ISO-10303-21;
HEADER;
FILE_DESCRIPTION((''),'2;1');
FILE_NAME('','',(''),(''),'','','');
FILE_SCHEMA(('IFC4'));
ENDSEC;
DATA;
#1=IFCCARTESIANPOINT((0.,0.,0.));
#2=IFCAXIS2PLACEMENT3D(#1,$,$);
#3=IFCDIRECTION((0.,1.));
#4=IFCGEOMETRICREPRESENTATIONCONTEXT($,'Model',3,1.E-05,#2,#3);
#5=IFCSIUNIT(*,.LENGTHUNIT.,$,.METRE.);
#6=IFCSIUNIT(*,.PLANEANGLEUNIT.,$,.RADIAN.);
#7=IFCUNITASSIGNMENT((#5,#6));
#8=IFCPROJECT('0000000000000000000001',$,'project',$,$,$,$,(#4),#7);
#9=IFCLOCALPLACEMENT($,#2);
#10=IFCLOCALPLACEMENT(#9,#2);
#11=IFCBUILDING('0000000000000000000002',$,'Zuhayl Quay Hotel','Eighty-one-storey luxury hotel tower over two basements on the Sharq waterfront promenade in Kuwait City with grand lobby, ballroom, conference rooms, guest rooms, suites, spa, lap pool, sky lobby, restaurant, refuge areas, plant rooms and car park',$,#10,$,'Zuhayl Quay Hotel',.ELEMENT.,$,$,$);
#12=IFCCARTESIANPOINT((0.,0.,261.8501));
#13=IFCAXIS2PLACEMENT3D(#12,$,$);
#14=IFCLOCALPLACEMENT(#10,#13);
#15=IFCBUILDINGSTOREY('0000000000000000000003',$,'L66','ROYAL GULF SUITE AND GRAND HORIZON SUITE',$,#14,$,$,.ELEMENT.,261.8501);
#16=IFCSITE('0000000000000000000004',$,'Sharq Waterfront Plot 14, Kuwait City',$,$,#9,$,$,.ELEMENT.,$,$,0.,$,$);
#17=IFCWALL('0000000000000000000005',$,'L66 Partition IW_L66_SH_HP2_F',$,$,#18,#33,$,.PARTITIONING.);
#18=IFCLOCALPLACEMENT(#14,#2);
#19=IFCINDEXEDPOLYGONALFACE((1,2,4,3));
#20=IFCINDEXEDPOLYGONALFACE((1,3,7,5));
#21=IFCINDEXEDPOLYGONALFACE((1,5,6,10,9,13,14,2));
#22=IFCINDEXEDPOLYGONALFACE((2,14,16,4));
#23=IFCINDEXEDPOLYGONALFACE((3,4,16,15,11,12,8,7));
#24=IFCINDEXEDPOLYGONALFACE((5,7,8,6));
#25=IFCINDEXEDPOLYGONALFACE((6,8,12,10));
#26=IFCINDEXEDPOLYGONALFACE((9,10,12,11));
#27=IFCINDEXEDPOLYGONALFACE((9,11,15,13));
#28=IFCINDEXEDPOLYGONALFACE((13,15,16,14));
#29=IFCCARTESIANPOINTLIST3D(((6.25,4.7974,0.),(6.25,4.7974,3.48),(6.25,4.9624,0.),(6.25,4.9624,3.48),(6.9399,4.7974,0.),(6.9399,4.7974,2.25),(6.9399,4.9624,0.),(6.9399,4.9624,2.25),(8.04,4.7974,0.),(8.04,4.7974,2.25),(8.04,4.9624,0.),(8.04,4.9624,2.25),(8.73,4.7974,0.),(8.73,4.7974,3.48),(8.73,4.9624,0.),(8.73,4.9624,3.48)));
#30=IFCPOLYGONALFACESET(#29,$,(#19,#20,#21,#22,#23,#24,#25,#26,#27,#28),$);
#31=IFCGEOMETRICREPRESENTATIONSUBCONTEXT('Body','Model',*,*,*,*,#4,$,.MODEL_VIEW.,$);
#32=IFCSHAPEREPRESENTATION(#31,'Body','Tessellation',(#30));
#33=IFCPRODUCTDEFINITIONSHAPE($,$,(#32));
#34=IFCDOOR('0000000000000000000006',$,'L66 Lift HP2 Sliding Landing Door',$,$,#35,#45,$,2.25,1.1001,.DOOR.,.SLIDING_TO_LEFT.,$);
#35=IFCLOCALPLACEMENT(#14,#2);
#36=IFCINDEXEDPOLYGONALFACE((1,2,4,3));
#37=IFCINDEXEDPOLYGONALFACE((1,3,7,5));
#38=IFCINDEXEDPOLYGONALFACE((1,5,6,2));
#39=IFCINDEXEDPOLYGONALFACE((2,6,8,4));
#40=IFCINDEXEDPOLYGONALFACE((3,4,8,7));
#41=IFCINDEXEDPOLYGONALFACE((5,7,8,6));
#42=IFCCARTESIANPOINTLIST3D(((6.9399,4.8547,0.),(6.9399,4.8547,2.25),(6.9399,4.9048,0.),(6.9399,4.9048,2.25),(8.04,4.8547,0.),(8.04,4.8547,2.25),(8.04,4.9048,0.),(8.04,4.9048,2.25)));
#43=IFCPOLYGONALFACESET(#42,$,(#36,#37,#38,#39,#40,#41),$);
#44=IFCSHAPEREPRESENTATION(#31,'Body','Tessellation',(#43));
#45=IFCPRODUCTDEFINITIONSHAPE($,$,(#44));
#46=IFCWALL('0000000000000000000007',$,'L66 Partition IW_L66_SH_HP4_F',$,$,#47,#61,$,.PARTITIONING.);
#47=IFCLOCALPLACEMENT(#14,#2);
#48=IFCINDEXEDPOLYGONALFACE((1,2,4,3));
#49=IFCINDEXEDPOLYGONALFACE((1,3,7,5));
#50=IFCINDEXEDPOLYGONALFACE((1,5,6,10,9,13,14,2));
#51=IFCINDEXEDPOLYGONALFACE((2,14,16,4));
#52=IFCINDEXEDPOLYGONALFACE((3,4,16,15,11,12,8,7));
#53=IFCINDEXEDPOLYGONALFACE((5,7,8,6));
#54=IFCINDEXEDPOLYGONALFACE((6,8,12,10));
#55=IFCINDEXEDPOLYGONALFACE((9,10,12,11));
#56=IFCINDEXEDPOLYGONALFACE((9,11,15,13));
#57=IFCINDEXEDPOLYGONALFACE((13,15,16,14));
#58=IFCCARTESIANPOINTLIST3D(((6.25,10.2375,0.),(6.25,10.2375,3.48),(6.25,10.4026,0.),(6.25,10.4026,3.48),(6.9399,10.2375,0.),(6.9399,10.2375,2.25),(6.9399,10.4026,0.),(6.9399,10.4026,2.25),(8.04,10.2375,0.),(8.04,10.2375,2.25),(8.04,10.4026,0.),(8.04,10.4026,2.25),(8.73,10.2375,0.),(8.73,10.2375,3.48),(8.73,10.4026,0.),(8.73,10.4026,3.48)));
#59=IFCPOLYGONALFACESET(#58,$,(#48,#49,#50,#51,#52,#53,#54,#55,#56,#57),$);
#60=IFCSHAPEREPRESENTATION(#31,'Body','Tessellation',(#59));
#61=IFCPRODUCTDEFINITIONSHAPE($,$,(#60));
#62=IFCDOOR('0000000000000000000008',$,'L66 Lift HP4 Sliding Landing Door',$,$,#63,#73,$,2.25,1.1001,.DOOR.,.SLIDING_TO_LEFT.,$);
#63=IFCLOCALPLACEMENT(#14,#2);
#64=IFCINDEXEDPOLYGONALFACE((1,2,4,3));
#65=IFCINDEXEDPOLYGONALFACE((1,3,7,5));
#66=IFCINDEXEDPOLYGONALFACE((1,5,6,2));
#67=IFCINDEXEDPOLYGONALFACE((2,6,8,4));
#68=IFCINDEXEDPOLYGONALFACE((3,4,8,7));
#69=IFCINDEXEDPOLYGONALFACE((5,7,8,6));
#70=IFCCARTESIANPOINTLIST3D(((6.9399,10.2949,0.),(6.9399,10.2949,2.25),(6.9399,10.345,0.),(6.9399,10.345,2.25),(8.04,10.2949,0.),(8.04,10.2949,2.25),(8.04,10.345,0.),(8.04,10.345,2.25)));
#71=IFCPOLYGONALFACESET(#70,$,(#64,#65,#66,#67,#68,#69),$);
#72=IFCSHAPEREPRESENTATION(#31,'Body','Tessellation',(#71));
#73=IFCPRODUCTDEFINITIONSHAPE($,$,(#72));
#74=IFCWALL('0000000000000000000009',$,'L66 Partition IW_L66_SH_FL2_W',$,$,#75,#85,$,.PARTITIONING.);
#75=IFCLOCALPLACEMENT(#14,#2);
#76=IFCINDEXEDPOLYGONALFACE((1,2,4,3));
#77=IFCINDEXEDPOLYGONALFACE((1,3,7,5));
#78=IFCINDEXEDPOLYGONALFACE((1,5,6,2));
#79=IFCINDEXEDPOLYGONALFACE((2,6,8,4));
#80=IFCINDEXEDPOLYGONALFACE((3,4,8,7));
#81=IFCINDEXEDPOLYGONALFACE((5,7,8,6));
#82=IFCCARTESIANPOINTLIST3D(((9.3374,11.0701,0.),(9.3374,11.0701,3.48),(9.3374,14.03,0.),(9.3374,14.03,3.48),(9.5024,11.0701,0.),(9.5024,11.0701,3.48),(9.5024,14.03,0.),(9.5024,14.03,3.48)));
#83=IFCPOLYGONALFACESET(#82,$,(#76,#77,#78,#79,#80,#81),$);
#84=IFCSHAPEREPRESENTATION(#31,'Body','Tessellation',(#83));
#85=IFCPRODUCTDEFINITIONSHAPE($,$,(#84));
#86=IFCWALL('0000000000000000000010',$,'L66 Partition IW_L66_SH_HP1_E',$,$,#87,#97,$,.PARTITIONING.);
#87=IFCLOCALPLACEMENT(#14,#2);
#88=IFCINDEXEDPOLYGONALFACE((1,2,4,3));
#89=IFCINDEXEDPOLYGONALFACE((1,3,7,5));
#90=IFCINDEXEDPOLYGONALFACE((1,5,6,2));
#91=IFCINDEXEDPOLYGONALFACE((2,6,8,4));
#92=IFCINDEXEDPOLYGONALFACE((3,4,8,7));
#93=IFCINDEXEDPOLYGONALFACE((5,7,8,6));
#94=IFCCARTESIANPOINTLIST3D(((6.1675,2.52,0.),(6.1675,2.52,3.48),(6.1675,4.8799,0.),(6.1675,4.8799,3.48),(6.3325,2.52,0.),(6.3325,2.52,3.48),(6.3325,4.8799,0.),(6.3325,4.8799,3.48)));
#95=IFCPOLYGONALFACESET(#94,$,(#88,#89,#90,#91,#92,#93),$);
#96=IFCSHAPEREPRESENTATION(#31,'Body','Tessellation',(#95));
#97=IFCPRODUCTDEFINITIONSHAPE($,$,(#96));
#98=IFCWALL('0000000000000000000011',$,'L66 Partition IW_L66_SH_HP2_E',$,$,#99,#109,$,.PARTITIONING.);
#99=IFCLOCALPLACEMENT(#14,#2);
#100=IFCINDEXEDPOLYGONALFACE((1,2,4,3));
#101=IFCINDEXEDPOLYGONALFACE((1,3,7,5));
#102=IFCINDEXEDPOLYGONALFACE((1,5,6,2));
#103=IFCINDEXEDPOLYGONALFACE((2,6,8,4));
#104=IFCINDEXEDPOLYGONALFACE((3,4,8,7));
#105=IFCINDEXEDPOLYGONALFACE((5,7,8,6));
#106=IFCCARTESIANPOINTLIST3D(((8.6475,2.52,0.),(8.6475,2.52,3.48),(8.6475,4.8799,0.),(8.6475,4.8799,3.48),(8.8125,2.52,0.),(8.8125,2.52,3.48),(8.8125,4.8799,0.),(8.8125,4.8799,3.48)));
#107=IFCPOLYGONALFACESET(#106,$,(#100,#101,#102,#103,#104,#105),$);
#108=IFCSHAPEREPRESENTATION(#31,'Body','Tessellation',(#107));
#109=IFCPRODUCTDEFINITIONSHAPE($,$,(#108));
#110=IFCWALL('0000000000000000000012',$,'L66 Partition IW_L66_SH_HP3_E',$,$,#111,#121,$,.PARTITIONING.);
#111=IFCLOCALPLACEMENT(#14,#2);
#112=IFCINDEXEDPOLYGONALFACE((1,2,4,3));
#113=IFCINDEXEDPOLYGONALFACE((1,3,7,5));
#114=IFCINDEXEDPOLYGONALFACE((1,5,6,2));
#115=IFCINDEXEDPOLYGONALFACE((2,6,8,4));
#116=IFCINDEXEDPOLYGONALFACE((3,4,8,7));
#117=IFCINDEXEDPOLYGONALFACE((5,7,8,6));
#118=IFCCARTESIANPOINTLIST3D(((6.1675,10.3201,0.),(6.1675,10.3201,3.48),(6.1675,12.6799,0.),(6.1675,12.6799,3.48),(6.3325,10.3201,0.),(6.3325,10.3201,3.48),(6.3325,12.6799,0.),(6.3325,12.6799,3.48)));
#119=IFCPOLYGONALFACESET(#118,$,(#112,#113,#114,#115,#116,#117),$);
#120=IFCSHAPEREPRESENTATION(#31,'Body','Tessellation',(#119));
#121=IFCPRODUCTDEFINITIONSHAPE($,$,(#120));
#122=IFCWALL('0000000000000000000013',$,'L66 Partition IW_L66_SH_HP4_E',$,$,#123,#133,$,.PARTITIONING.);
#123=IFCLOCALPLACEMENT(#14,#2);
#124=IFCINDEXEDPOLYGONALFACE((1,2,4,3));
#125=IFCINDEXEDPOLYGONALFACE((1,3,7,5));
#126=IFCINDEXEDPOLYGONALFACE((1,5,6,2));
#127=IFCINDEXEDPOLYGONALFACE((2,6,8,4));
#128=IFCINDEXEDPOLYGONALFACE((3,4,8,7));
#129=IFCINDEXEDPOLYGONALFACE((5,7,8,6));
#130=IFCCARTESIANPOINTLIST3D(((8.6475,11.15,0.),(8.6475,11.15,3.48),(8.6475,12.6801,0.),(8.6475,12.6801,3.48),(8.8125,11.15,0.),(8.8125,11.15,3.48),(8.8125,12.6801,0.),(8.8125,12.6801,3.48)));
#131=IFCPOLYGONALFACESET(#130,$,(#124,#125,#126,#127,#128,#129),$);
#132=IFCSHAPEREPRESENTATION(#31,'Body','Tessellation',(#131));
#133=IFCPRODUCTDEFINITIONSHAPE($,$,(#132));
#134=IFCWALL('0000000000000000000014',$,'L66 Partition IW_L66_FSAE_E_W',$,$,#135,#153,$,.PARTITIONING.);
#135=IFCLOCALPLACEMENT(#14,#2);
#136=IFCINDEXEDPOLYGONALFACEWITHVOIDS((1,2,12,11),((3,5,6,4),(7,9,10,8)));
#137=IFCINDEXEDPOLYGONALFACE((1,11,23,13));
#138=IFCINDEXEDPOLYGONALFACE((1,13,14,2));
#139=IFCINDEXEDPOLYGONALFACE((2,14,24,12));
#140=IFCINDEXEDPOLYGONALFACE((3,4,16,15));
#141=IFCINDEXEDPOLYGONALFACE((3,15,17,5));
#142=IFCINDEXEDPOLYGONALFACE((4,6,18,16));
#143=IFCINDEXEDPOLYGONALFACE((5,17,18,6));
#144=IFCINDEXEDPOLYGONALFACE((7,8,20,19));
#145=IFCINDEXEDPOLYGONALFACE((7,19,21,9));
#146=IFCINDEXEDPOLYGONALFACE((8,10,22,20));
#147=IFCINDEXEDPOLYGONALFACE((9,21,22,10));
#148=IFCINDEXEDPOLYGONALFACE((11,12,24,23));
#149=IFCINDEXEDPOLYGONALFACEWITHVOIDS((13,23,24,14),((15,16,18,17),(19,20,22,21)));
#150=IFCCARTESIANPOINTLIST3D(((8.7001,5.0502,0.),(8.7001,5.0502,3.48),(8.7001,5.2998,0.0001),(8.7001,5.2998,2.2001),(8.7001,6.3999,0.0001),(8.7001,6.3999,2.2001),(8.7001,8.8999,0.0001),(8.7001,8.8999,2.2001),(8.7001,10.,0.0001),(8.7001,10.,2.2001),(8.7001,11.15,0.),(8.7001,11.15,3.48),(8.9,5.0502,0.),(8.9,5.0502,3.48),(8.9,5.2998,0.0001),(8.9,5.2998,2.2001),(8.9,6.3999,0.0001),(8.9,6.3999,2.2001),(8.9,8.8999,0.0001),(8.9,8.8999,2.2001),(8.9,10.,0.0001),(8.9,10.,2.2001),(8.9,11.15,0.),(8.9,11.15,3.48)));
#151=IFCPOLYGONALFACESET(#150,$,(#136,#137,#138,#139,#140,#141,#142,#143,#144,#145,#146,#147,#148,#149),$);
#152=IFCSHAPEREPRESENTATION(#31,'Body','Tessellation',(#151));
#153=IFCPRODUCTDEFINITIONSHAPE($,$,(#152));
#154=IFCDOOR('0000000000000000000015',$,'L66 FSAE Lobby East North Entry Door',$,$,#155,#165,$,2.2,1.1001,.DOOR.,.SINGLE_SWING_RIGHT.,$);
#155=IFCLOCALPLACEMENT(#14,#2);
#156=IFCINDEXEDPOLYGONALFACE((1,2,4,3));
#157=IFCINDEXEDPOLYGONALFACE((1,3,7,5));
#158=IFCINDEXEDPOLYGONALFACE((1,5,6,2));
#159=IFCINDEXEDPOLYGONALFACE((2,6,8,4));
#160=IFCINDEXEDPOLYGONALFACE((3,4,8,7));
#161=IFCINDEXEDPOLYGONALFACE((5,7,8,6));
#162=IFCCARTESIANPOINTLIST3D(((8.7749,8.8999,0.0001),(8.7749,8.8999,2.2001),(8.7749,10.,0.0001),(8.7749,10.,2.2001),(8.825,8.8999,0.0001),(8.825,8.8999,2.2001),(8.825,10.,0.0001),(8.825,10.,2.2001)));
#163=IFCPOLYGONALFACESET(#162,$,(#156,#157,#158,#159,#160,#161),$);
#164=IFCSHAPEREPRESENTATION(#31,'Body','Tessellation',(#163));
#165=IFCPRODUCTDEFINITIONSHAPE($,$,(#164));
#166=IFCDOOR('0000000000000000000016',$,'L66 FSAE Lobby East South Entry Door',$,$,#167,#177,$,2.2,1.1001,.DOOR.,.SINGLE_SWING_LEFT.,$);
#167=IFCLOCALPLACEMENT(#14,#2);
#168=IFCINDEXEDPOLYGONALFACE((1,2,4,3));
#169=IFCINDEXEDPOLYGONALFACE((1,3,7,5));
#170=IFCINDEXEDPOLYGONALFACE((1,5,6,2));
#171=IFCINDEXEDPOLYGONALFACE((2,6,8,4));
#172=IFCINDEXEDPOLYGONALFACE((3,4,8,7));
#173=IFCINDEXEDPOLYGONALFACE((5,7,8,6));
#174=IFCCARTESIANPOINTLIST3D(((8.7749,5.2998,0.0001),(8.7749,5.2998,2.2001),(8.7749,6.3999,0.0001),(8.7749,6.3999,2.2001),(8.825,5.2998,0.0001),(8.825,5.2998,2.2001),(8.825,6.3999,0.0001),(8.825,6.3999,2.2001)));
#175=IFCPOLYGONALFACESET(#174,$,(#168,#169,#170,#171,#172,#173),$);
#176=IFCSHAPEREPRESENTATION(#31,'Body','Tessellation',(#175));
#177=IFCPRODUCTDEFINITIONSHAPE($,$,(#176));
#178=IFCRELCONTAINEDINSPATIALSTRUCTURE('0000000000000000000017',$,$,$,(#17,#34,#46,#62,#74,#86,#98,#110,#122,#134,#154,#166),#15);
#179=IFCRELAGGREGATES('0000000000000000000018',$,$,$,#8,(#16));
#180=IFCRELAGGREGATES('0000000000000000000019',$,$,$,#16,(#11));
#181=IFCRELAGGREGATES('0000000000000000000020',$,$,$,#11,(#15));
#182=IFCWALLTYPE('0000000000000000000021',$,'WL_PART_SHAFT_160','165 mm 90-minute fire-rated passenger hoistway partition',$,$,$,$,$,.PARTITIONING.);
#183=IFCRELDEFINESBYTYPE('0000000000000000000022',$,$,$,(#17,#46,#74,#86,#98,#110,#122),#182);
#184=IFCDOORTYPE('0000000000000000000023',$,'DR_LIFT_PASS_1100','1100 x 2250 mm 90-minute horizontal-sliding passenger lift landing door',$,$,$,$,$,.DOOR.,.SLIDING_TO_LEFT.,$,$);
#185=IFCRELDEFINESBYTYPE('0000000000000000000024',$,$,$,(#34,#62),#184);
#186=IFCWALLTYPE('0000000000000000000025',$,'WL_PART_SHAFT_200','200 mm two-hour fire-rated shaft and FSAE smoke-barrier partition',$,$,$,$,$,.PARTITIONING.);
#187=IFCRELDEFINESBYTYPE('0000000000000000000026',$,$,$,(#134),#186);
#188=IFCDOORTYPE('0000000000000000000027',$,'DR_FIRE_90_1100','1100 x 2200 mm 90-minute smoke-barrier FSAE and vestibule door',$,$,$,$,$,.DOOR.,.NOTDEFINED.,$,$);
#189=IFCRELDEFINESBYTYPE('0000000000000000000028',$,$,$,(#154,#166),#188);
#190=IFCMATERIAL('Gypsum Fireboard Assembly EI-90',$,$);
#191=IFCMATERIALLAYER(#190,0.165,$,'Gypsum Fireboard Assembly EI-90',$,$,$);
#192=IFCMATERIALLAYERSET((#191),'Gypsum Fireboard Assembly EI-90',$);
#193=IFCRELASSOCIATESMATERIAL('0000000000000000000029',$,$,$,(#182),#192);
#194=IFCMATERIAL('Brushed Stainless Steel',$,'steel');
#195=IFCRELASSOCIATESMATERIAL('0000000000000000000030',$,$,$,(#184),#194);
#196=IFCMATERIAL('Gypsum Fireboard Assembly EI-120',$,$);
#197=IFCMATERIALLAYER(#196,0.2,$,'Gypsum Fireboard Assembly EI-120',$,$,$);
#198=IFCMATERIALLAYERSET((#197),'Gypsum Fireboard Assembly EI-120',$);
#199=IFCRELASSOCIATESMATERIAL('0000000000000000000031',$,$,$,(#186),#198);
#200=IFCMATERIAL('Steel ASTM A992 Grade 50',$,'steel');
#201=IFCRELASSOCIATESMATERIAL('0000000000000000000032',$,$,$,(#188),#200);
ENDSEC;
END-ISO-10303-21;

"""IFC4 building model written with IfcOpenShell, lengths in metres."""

from ifc_helpers import new_model, si_unit, direction, frame, frame_2d, origin, place, context, subcontext, project, spatial, rectangle, extrude, material, layer, layer_set, type_object, element, fill, save


model = new_model("IFC4")

# Units and contexts
model_context = context("Model", 3, precision=1e-05, world=origin(), true_north=direction((0.0, 1.0)))
body_context = subcontext(model_context, "Body", "Model", "MODEL_VIEW")
ifc_project = project(units=[si_unit("LENGTHUNIT", "METRE"), si_unit("PLANEANGLEUNIT", "RADIAN")], contexts=[model_context])

# Site, building, storey
site_placement = place(None, origin())
site = spatial("IfcSite", under=ifc_project, at=site_placement, Name="Sharq Waterfront Plot 14, Kuwait City", CompositionType="ELEMENT", RefElevation=0.0)
building_placement = place(site_placement, origin())
building = spatial("IfcBuilding", under=site, at=building_placement, Name="Zuhayl Quay Hotel", Description="Eighty-one-storey luxury hotel tower over two basements on the Sharq waterfront promenade in Kuwait City with grand lobby, ballroom, conference rooms, guest rooms, suites, spa, lap pool, sky lobby, restaurant, refuge areas, plant rooms and car park", LongName="Zuhayl Quay Hotel", CompositionType="ELEMENT")
storey_placement = place(building_placement, frame((0.0, 0.0, 261.8501)))
storey = spatial("IfcBuildingStorey", under=building, at=storey_placement, Name="L66", Description="ROYAL GULF SUITE AND GRAND HORIZON SUITE", CompositionType="ELEMENT", Elevation=261.8501)

# Walls, openings, doors
ifc_material_1 = material(Name="Gypsum Fireboard Assembly EI-90")
ifc_layer_1 = layer(ifc_material_1, 0.165, Name="Gypsum Fireboard Assembly EI-90")
ifc_layer_set_1 = layer_set([ifc_layer_1], Name="Gypsum Fireboard Assembly EI-90")
wall_type_1 = type_object("IfcWallType", Name="WL_PART_SHAFT_160", Description="165 mm 90-minute fire-rated passenger hoistway partition", PredefinedType="PARTITIONING", material=ifc_layer_set_1)
ifc_material_2 = material(Name="Brushed Stainless Steel", Category="steel")
wall_1_placement = place(storey_placement, frame((6.25, 4.8799, 0.0), z_axis=(0.0, 0.0, 1.0), x_axis=(1.0, 0.0, 0.0)))
wall_1 = element("IfcWall", 1, at=wall_1_placement, inside=storey, type_object=wall_type_1, Name="L66 Partition IW_L66_SH_HP2_F", PredefinedType="PARTITIONING", context=body_context, shape_type="SweptSolid", body=[
    extrude(rectangle(XDim=2.48, YDim=0.165, at=frame_2d((1.24, 0.0))), origin(), (0.0, 0.0, 1.0), 3.48),
])
opening_1_placement = place(wall_1_placement, frame((0.6899, 0.0, 0.0)))
opening_1 = element("IfcOpeningElement", 2, at=opening_1_placement, cuts=wall_1, PredefinedType="OPENING", context=body_context, shape_type="SweptSolid", body=[
    extrude(rectangle(XDim=1.1001, YDim=2.25, at=frame_2d((0.55, 1.125))), frame((0.0, 0.0925, 0.0), z_axis=(0.0, -1.0, 0.0), x_axis=(1.0, 0.0, 0.0)), (0.0, 0.0, 1.0), 0.1851),
])
door_type_1 = type_object("IfcDoorType", Name="DR_LIFT_PASS_1100", Description="1100 x 2250 mm 90-minute horizontal-sliding passenger lift landing door", OperationType="SLIDING_TO_LEFT", PredefinedType="DOOR", material=ifc_material_2)
door_1_placement = place(opening_1_placement, origin())
door_1 = element("IfcDoor", 3, at=door_1_placement, inside=storey, type_object=door_type_1, Name="L66 Lift HP2 Sliding Landing Door", OperationType="SLIDING_TO_LEFT", OverallHeight=2.25, OverallWidth=1.1001, PredefinedType="DOOR", context=body_context, shape_type="SweptSolid", body=[
    extrude(rectangle(XDim=1.1001, YDim=2.25, at=frame_2d((0.55, 1.125))), frame((0.0, 0.0249, 0.0), z_axis=(0.0, -1.0, 0.0), x_axis=(1.0, 0.0, 0.0)), (0.0, 0.0, 1.0), 0.05),
])
fill(opening_1, door_1)
wall_2_placement = place(storey_placement, frame((6.25, 10.3201, 0.0), z_axis=(0.0, 0.0, 1.0), x_axis=(1.0, 0.0, 0.0)))
wall_2 = element("IfcWall", 4, at=wall_2_placement, inside=storey, type_object=wall_type_1, Name="L66 Partition IW_L66_SH_HP4_F", PredefinedType="PARTITIONING", context=body_context, shape_type="SweptSolid", body=[
    extrude(rectangle(XDim=2.48, YDim=0.165, at=frame_2d((1.24, 0.0))), origin(), (0.0, 0.0, 1.0), 3.48),
])
opening_2_placement = place(wall_2_placement, frame((0.6899, 0.0, 0.0)))
opening_2 = element("IfcOpeningElement", 5, at=opening_2_placement, cuts=wall_2, PredefinedType="OPENING", context=body_context, shape_type="SweptSolid", body=[
    extrude(rectangle(XDim=1.1001, YDim=2.25, at=frame_2d((0.55, 1.125))), frame((0.0, 0.0925, 0.0), z_axis=(0.0, -1.0, 0.0), x_axis=(1.0, 0.0, 0.0)), (0.0, 0.0, 1.0), 0.1851),
])
door_2_placement = place(opening_2_placement, origin())
door_2 = element("IfcDoor", 6, at=door_2_placement, inside=storey, type_object=door_type_1, Name="L66 Lift HP4 Sliding Landing Door", OperationType="SLIDING_TO_LEFT", OverallHeight=2.25, OverallWidth=1.1001, PredefinedType="DOOR", context=body_context, shape_type="SweptSolid", body=[
    extrude(rectangle(XDim=1.1001, YDim=2.25, at=frame_2d((0.55, 1.125))), frame((0.0, 0.0249, 0.0), z_axis=(0.0, -1.0, 0.0), x_axis=(1.0, 0.0, 0.0)), (0.0, 0.0, 1.0), 0.05),
])
fill(opening_2, door_2)

# Walls
wall_3_placement = place(storey_placement, frame((9.4199, 11.0701, 0.0), z_axis=(0.0, 0.0, 1.0), x_axis=(0.0, 1.0, 0.0)))
element("IfcWall", 7, at=wall_3_placement, inside=storey, type_object=wall_type_1, Name="L66 Partition IW_L66_SH_FL2_W", PredefinedType="PARTITIONING", context=body_context, shape_type="SweptSolid", body=[
    extrude(rectangle(XDim=2.96, YDim=0.165, at=frame_2d((1.48, 0.0))), origin(), (0.0, 0.0, 1.0), 3.48),
])
for number, where, z_axis, x_axis, name in (
    (8, (6.25, 2.52, 0.0), (0.0, 0.0, 1.0), (0.0, 1.0, 0.0), "L66 Partition IW_L66_SH_HP1_E"),
    (9, (8.73, 2.52, 0.0), (0.0, 0.0, 1.0), (0.0, 1.0, 0.0), "L66 Partition IW_L66_SH_HP2_E"),
    (10, (6.25, 10.3201, 0.0), (0.0, 0.0, 1.0), (0.0, 1.0, 0.0), "L66 Partition IW_L66_SH_HP3_E"),
):
    element("IfcWall", number, at=place(storey_placement, frame(where, z_axis=z_axis, x_axis=x_axis)), inside=storey, type_object=wall_type_1, Name=name, PredefinedType="PARTITIONING", context=body_context, shape_type="SweptSolid", body=[
        extrude(rectangle(XDim=2.3599, YDim=0.165, at=frame_2d((1.1799, 0.0))), origin(), (0.0, 0.0, 1.0), 3.48),
    ])
wall_4_placement = place(storey_placement, frame((8.73, 11.1499, 0.0), z_axis=(0.0, 0.0, 1.0), x_axis=(0.0, 1.0, 0.0)))
element("IfcWall", 11, at=wall_4_placement, inside=storey, type_object=wall_type_1, Name="L66 Partition IW_L66_SH_HP4_E", PredefinedType="PARTITIONING", context=body_context, shape_type="SweptSolid", body=[
    extrude(rectangle(XDim=1.53, YDim=0.165, at=frame_2d((0.7651, 0.0))), origin(), (0.0, 0.0, 1.0), 3.48),
])

# Wall, openings, doors
ifc_material_3 = material(Name="Gypsum Fireboard Assembly EI-120")
ifc_layer_2 = layer(ifc_material_3, 0.2, Name="Gypsum Fireboard Assembly EI-120")
ifc_layer_set_2 = layer_set([ifc_layer_2], Name="Gypsum Fireboard Assembly EI-120")
wall_type_2 = type_object("IfcWallType", Name="WL_PART_SHAFT_200", Description="200 mm two-hour fire-rated shaft and FSAE smoke-barrier partition", PredefinedType="PARTITIONING", material=ifc_layer_set_2)
wall_5_placement = place(storey_placement, frame((8.8, 11.1499, 0.0), z_axis=(0.0, 0.0, 1.0), x_axis=(0.0, -1.0, 0.0)))
wall_5 = element("IfcWall", 12, at=wall_5_placement, inside=storey, type_object=wall_type_2, Name="L66 Partition IW_L66_FSAE_E_W", PredefinedType="PARTITIONING", context=body_context, shape_type="SweptSolid", body=[
    extrude(rectangle(XDim=6.0999, YDim=0.2, at=frame_2d((3.0498, 0.0))), origin(), (0.0, 0.0, 1.0), 3.48),
])
opening_3_placement = place(wall_5_placement, frame((1.1499, 0.0, 0.0)))
opening_3 = element("IfcOpeningElement", 13, at=opening_3_placement, cuts=wall_5, PredefinedType="OPENING", context=body_context, shape_type="SweptSolid", body=[
    extrude(rectangle(XDim=1.1001, YDim=2.2, at=frame_2d((0.55, 1.1001))), frame((0.0, 0.1099, 0.0), z_axis=(0.0, -1.0, 0.0), x_axis=(1.0, 0.0, 0.0)), (0.0, 0.0, 1.0), 0.22),
])
opening_4_placement = place(wall_5_placement, frame((4.75, 0.0, 0.0)))
opening_4 = element("IfcOpeningElement", 14, at=opening_4_placement, cuts=wall_5, PredefinedType="OPENING", context=body_context, shape_type="SweptSolid", body=[
    extrude(rectangle(XDim=1.1001, YDim=2.2, at=frame_2d((0.55, 1.1001))), frame((0.0, 0.1099, 0.0), z_axis=(0.0, -1.0, 0.0), x_axis=(1.0, 0.0, 0.0)), (0.0, 0.0, 1.0), 0.22),
])
ifc_material_4 = material(Name="Steel ASTM A992 Grade 50", Category="steel")
door_type_2 = type_object("IfcDoorType", Name="DR_FIRE_90_1100", Description="1100 x 2200 mm 90-minute smoke-barrier FSAE and vestibule door", OperationType="NOTDEFINED", PredefinedType="DOOR", material=ifc_material_4)
door_3_placement = place(opening_3_placement, origin())
door_3 = element("IfcDoor", 15, at=door_3_placement, inside=storey, type_object=door_type_2, Name="L66 FSAE Lobby East North Entry Door", OperationType="SINGLE_SWING_RIGHT", OverallHeight=2.2, OverallWidth=1.1001, PredefinedType="DOOR", context=body_context, shape_type="SweptSolid", body=[
    extrude(rectangle(XDim=1.1001, YDim=2.2, at=frame_2d((0.55, 1.1001))), frame((0.0, 0.0249, 0.0), z_axis=(0.0, -1.0, 0.0), x_axis=(1.0, 0.0, 0.0)), (0.0, 0.0, 1.0), 0.05),
])
fill(opening_3, door_3)
door_4_placement = place(opening_4_placement, origin())
door_4 = element("IfcDoor", 16, at=door_4_placement, inside=storey, type_object=door_type_2, Name="L66 FSAE Lobby East South Entry Door", OperationType="SINGLE_SWING_LEFT", OverallHeight=2.2, OverallWidth=1.1001, PredefinedType="DOOR", context=body_context, shape_type="SweptSolid", body=[
    extrude(rectangle(XDim=1.1001, YDim=2.2, at=frame_2d((0.55, 1.1001))), frame((0.0, 0.0249, 0.0), z_axis=(0.0, -1.0, 0.0), x_axis=(1.0, 0.0, 0.0)), (0.0, 0.0, 1.0), 0.05),
])
fill(opening_4, door_4)

save(model, "model.ifc")
